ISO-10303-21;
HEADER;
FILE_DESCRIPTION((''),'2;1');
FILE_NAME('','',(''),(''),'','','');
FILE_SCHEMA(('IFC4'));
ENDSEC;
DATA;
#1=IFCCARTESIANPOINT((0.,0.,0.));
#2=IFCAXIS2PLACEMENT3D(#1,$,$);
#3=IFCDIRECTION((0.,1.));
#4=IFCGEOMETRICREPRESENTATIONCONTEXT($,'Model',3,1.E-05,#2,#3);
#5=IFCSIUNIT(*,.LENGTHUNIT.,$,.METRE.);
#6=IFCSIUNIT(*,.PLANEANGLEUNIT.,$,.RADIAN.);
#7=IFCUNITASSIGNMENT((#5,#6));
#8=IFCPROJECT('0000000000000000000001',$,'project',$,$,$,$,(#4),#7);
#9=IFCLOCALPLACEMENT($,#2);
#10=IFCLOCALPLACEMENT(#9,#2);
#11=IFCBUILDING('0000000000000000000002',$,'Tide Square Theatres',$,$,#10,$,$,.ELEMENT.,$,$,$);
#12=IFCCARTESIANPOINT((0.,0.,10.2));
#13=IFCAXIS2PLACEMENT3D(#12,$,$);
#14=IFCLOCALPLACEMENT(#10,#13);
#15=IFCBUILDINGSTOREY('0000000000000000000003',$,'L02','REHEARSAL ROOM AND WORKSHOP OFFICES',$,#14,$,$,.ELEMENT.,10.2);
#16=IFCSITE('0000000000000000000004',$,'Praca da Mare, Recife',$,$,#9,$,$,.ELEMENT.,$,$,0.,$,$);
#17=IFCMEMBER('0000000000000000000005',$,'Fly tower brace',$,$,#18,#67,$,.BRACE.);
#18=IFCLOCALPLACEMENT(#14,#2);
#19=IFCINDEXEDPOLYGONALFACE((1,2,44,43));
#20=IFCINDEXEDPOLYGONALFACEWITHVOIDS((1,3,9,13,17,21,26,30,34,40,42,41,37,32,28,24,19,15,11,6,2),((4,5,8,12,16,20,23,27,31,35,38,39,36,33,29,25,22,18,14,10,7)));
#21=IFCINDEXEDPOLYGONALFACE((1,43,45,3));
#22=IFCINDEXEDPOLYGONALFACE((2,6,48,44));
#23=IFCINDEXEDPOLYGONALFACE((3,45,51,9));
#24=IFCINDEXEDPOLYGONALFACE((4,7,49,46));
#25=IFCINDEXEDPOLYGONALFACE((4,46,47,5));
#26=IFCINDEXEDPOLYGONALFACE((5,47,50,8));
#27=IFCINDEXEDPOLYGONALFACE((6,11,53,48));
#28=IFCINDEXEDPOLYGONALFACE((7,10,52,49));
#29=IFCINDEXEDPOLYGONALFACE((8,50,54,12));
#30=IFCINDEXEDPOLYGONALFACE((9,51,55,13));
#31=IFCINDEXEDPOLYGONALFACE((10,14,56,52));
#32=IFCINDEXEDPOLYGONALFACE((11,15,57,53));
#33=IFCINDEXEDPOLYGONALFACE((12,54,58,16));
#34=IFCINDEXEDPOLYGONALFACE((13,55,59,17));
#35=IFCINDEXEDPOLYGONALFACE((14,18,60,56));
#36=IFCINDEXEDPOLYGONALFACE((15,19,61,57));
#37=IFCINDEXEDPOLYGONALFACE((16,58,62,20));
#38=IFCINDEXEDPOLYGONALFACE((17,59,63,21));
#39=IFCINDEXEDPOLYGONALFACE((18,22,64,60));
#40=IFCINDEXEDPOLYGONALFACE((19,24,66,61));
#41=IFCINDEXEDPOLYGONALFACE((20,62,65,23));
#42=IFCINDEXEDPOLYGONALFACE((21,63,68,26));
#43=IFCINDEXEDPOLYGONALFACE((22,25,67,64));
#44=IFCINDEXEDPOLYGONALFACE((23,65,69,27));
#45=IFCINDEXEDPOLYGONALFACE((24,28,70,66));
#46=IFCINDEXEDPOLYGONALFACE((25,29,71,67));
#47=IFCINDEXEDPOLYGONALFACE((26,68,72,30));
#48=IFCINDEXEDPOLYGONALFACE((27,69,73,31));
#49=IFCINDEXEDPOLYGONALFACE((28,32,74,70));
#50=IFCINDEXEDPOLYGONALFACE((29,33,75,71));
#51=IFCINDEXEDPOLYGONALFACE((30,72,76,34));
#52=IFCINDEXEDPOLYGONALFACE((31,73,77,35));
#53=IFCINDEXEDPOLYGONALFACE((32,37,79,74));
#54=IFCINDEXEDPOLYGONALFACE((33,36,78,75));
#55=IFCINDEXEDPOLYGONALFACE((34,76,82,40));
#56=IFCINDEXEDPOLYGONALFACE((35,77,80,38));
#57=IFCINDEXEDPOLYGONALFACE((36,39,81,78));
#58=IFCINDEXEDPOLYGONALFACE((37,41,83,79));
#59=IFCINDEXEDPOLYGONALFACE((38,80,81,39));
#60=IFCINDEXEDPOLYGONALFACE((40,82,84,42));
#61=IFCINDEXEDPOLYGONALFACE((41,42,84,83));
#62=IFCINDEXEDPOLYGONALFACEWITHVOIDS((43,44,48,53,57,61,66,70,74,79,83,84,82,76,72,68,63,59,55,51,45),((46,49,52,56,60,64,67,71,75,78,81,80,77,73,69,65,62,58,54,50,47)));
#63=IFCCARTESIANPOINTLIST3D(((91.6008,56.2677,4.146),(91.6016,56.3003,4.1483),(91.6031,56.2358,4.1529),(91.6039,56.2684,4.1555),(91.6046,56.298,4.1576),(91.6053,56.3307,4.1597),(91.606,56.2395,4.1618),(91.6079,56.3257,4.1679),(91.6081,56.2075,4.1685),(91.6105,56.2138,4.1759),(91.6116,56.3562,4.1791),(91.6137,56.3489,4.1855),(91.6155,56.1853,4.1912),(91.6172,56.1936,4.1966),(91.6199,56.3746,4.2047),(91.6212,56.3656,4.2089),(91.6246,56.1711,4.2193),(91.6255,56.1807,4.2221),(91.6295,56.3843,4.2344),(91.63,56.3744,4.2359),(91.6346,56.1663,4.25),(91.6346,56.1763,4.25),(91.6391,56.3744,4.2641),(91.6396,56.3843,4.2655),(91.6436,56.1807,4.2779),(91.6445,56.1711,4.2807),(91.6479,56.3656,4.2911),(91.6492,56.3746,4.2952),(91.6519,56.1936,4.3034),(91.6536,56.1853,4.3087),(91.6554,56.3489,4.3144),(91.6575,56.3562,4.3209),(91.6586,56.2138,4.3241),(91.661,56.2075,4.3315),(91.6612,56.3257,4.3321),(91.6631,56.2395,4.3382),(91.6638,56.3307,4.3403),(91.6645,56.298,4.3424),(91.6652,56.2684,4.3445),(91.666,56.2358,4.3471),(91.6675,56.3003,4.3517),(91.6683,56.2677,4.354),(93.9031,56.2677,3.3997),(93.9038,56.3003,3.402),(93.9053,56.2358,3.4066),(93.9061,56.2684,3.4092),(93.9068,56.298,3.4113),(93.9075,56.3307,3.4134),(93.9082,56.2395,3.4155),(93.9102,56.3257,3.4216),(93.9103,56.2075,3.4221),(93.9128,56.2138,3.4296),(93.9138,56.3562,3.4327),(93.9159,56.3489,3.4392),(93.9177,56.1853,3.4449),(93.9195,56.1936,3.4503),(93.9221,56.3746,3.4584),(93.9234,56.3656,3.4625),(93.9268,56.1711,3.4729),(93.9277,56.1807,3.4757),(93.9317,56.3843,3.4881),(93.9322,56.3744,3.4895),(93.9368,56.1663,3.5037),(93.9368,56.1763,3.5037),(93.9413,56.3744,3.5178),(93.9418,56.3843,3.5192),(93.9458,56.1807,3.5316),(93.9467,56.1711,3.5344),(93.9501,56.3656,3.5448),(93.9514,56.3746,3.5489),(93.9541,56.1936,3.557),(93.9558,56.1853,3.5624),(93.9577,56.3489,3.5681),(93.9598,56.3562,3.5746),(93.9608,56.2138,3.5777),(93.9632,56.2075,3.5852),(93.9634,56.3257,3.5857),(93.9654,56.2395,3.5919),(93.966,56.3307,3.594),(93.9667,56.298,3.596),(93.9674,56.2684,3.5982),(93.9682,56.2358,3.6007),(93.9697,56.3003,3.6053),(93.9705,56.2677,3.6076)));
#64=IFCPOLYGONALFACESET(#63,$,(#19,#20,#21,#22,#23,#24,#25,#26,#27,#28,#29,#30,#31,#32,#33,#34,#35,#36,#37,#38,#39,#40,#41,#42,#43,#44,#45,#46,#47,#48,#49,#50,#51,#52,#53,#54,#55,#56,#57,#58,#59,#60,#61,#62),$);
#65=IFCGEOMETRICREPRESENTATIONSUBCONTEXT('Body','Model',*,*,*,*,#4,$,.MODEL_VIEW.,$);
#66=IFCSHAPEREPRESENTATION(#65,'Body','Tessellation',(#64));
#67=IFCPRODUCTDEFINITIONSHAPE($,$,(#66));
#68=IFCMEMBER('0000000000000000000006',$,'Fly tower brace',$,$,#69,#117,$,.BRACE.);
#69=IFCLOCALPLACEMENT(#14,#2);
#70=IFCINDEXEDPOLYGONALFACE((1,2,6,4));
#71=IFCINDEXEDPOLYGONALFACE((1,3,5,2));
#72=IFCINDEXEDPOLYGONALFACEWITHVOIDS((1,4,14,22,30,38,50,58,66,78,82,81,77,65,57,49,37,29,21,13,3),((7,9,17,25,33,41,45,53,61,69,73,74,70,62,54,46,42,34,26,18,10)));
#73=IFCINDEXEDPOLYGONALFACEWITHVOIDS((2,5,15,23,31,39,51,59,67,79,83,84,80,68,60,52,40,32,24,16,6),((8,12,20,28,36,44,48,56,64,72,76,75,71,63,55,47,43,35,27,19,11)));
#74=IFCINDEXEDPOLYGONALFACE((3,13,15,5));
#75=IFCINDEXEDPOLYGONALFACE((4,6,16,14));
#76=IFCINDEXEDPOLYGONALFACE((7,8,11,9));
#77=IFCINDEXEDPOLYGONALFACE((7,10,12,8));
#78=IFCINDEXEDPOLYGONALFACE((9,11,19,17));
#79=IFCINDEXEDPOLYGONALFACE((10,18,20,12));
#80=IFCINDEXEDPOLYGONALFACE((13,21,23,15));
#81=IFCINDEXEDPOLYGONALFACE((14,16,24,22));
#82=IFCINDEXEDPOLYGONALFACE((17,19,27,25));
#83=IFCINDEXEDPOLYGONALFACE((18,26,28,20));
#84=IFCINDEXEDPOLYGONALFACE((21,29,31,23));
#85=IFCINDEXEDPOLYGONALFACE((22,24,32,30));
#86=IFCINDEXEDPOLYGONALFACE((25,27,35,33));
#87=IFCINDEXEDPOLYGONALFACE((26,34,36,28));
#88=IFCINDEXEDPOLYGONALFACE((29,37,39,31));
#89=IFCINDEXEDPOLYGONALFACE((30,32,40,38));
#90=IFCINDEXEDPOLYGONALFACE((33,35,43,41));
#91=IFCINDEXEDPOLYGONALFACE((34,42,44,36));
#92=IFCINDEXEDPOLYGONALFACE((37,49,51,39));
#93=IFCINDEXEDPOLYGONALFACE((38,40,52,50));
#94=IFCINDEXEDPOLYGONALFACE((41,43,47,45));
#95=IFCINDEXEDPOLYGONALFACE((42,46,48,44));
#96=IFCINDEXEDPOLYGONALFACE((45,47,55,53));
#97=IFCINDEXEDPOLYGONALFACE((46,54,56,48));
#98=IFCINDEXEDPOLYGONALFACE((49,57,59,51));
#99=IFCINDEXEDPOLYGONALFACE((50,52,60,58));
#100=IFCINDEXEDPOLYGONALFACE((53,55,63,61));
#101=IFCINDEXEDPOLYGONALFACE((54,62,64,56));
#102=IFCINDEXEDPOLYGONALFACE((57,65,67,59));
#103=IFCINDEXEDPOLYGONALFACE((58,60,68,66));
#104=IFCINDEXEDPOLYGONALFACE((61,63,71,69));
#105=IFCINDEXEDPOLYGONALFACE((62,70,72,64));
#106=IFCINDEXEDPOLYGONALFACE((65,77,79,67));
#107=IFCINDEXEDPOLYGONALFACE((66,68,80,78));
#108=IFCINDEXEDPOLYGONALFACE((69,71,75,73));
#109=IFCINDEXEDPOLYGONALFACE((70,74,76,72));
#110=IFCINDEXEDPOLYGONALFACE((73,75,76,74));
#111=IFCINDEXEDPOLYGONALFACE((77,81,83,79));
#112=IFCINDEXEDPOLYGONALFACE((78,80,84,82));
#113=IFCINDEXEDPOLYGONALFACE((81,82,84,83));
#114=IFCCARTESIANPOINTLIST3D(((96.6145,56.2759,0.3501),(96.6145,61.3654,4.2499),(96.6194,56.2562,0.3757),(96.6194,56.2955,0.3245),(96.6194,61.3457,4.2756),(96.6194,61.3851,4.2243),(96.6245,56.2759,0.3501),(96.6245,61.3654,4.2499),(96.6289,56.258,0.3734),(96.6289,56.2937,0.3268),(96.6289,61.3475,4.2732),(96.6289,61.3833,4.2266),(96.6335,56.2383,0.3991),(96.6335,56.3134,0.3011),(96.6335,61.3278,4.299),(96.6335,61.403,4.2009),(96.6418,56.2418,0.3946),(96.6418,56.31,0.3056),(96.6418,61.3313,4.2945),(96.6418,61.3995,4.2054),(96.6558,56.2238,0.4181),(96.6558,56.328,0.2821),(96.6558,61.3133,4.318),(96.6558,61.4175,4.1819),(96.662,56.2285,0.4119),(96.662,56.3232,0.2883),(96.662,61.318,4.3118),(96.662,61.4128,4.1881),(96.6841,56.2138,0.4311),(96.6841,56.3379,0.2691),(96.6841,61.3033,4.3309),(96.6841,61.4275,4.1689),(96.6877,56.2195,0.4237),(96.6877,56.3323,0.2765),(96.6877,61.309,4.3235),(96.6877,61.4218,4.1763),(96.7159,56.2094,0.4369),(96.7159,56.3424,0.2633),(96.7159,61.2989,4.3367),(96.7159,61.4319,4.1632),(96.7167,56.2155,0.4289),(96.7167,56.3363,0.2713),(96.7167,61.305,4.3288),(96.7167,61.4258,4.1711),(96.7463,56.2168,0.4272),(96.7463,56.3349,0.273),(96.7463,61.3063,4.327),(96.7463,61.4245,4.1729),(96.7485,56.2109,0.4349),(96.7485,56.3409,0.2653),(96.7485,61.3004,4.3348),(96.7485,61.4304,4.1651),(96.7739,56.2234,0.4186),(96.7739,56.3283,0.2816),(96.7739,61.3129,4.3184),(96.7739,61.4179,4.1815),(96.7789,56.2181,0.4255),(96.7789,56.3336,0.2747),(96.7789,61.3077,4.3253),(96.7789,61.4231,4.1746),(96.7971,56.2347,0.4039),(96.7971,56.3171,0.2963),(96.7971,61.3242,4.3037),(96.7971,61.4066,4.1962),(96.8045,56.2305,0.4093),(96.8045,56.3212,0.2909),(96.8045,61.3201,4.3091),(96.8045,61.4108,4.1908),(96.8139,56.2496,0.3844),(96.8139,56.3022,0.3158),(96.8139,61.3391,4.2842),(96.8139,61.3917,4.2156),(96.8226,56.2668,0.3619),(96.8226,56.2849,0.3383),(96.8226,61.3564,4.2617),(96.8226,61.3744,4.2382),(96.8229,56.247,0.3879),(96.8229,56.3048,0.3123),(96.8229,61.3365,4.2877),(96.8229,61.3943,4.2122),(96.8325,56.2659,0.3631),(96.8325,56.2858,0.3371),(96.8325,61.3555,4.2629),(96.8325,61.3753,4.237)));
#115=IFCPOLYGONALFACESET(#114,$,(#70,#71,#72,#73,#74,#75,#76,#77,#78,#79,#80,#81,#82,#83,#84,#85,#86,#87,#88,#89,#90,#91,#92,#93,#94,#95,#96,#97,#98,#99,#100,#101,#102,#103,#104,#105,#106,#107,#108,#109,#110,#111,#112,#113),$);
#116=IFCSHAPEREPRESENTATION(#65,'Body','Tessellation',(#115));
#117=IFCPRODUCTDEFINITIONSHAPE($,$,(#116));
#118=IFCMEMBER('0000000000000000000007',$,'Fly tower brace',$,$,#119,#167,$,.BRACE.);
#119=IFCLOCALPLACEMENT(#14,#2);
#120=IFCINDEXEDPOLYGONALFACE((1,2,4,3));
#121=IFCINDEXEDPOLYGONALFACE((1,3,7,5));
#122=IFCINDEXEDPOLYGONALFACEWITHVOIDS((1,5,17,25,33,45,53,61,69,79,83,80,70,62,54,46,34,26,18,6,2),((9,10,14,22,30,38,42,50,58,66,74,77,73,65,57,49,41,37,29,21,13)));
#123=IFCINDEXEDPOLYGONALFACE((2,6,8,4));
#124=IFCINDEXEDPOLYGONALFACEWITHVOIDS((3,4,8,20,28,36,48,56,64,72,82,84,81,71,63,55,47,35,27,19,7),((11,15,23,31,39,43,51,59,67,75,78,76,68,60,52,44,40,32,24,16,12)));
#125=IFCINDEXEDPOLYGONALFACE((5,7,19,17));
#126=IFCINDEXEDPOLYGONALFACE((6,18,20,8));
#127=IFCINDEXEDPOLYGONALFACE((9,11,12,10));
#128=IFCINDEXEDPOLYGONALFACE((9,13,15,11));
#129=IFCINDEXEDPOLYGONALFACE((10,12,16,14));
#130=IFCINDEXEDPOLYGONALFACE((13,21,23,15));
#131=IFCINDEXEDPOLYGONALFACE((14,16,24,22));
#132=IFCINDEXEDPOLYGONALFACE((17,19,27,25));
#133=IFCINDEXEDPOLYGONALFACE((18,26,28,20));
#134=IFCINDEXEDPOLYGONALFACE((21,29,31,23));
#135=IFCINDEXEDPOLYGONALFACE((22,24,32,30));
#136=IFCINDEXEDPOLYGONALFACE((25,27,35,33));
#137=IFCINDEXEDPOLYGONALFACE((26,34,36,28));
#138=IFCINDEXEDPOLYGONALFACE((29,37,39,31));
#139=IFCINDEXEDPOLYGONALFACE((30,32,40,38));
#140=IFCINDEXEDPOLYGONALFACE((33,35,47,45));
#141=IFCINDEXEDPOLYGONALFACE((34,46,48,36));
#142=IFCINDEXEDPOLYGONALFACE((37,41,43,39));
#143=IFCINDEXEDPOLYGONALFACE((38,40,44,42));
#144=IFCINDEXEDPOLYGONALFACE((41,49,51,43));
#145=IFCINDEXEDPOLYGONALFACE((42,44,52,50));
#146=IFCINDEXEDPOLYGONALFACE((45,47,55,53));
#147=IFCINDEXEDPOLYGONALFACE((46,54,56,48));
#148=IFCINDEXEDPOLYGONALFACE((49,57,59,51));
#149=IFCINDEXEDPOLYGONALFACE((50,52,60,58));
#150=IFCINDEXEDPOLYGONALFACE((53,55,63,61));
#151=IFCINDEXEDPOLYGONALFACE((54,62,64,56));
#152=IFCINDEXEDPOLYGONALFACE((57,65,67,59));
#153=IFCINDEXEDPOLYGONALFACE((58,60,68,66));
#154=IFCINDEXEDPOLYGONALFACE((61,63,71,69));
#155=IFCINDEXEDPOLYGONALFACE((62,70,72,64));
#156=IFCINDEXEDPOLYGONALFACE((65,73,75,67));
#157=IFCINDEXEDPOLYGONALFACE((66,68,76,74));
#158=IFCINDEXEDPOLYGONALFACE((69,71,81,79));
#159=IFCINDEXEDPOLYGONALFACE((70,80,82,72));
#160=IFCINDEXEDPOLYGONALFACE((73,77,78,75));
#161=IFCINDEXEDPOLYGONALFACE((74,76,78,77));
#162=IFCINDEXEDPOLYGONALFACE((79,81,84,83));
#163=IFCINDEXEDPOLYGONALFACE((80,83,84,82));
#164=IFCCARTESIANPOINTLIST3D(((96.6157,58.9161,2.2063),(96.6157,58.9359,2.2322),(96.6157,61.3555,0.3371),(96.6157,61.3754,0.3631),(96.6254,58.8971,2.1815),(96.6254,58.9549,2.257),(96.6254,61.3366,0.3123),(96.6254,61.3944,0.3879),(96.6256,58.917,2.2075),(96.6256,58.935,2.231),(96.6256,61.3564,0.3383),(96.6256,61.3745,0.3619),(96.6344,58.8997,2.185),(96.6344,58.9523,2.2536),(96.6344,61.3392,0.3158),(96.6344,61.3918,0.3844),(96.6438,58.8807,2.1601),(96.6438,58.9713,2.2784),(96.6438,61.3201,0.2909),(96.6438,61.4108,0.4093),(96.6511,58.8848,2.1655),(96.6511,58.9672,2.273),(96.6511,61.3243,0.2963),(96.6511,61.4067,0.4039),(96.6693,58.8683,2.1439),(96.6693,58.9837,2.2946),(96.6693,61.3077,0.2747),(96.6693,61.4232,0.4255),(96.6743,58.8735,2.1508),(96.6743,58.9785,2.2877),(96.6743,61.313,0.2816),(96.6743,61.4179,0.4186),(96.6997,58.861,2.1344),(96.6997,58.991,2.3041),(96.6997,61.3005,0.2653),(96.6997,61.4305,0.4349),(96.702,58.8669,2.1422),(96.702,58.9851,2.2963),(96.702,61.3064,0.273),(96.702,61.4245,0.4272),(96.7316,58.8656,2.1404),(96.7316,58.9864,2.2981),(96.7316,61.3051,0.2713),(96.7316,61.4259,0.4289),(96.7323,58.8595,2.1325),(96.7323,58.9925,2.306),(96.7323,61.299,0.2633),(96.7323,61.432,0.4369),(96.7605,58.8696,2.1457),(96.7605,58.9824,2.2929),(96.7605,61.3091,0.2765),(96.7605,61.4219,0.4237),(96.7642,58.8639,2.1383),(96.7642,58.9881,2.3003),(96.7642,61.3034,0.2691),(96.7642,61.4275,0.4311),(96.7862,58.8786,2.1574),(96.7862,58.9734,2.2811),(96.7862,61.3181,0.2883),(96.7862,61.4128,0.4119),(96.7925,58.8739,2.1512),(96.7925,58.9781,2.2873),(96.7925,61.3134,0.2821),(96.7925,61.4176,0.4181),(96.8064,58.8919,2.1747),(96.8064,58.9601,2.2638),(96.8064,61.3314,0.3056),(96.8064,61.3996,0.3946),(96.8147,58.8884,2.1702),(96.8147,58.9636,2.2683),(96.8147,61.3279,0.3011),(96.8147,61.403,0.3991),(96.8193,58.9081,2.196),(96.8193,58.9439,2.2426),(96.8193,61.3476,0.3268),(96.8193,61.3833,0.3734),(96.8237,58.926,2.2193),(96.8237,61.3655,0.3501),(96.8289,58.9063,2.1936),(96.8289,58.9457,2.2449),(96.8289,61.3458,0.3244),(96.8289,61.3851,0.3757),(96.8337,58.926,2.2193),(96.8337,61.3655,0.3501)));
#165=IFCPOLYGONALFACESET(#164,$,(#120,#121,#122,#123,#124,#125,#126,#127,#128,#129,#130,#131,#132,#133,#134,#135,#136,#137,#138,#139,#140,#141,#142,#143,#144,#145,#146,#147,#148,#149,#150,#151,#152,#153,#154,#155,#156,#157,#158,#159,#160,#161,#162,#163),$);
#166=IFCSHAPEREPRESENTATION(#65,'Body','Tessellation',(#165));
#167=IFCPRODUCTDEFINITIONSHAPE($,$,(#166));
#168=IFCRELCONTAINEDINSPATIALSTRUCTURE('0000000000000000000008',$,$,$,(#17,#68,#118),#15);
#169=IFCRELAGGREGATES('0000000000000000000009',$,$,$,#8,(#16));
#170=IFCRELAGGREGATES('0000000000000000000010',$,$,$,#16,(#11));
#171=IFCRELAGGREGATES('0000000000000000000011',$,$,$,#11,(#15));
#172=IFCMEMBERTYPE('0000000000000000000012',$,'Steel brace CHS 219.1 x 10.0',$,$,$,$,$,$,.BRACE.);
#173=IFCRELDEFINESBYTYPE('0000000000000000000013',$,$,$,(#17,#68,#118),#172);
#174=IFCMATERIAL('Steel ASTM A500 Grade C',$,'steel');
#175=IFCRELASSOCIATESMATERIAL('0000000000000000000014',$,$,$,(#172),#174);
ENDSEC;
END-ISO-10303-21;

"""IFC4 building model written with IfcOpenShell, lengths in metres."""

from ifc_helpers import new_model, si_unit, direction, frame, origin, origin_2d, place, context, subcontext, project, spatial, hollow_circle, extrude, material, material_profile, profile_set, type_object, element, save


model = new_model("IFC4")

# Units and contexts
model_context = context("Model", 3, precision=1e-05, world=origin(), true_north=direction((0.0, 1.0)))
body_context = subcontext(model_context, "Body", "Model", "MODEL_VIEW")
ifc_project = project(units=[si_unit("LENGTHUNIT", "METRE"), si_unit("PLANEANGLEUNIT", "RADIAN")], contexts=[model_context])

# Site, building, storey
site_placement = place(None, origin())
site = spatial("IfcSite", under=ifc_project, at=site_placement, Name="Praca da Mare, Recife", CompositionType="ELEMENT", RefElevation=0.0)
building_placement = place(site_placement, origin())
building = spatial("IfcBuilding", under=site, at=building_placement, Name="Tide Square Theatres", CompositionType="ELEMENT")
storey_placement = place(building_placement, frame((0.0, 0.0, 10.2)))
storey = spatial("IfcBuildingStorey", under=building, at=storey_placement, Name="L02", Description="REHEARSAL ROOM AND WORKSHOP OFFICES", CompositionType="ELEMENT", Elevation=10.2)

# Members
ifc_material_1 = material(Name="Steel ASTM A500 Grade C", Category="steel")
ifc_material_profile_1 = material_profile(ifc_material_1, hollow_circle(Radius=0.1096, WallThickness=0.01, at=origin_2d()))
ifc_profile_set_1 = profile_set([ifc_material_profile_1], Name="Steel ASTM A500 Grade C")
member_type = type_object("IfcMemberType", Name="Steel brace CHS 219.1 x 10.0", PredefinedType="BRACE", material=ifc_profile_set_1)
member_1_placement = place(storey_placement, frame((93.9368, 56.2759, 3.5037), z_axis=(-0.951264, 0.0, 0.308379), x_axis=(0.0, -1.0, 0.0)))
element("IfcMember", 1, at=member_1_placement, inside=storey, type_object=member_type, Name="Fly tower brace", PredefinedType="BRACE", context=body_context, shape_type="SweptSolid", body=[
    extrude(hollow_circle(Radius=0.1096, WallThickness=0.01, at=origin_2d()), origin(), (0.0, 0.0, 1.0), 2.4202),
])
member_2_placement = place(storey_placement, frame((96.7241, 56.2759, 0.3501), z_axis=(0.0, 0.793766, 0.608223), x_axis=(-1.0, 0.0, 0.0)))
element("IfcMember", 2, at=member_2_placement, inside=storey, type_object=member_type, Name="Fly tower brace", PredefinedType="BRACE", context=body_context, shape_type="SweptSolid", body=[
    extrude(hollow_circle(Radius=0.1096, WallThickness=0.01, at=origin_2d()), origin(), (0.0, 0.0, 1.0), 6.4119),
])
member_3_placement = place(storey_placement, frame((96.7241, 61.3655, 0.3501), z_axis=(0.0, -0.79378, 0.608205), x_axis=(1.0, 0.0, 0.0)))
element("IfcMember", 3, at=member_3_placement, inside=storey, type_object=member_type, Name="Fly tower brace", PredefinedType="BRACE", context=body_context, shape_type="SweptSolid", body=[
    extrude(hollow_circle(Radius=0.1096, WallThickness=0.01, at=origin_2d()), origin(), (0.0, 0.0, 1.0), 3.0732),
])

save(model, "model.ifc")
